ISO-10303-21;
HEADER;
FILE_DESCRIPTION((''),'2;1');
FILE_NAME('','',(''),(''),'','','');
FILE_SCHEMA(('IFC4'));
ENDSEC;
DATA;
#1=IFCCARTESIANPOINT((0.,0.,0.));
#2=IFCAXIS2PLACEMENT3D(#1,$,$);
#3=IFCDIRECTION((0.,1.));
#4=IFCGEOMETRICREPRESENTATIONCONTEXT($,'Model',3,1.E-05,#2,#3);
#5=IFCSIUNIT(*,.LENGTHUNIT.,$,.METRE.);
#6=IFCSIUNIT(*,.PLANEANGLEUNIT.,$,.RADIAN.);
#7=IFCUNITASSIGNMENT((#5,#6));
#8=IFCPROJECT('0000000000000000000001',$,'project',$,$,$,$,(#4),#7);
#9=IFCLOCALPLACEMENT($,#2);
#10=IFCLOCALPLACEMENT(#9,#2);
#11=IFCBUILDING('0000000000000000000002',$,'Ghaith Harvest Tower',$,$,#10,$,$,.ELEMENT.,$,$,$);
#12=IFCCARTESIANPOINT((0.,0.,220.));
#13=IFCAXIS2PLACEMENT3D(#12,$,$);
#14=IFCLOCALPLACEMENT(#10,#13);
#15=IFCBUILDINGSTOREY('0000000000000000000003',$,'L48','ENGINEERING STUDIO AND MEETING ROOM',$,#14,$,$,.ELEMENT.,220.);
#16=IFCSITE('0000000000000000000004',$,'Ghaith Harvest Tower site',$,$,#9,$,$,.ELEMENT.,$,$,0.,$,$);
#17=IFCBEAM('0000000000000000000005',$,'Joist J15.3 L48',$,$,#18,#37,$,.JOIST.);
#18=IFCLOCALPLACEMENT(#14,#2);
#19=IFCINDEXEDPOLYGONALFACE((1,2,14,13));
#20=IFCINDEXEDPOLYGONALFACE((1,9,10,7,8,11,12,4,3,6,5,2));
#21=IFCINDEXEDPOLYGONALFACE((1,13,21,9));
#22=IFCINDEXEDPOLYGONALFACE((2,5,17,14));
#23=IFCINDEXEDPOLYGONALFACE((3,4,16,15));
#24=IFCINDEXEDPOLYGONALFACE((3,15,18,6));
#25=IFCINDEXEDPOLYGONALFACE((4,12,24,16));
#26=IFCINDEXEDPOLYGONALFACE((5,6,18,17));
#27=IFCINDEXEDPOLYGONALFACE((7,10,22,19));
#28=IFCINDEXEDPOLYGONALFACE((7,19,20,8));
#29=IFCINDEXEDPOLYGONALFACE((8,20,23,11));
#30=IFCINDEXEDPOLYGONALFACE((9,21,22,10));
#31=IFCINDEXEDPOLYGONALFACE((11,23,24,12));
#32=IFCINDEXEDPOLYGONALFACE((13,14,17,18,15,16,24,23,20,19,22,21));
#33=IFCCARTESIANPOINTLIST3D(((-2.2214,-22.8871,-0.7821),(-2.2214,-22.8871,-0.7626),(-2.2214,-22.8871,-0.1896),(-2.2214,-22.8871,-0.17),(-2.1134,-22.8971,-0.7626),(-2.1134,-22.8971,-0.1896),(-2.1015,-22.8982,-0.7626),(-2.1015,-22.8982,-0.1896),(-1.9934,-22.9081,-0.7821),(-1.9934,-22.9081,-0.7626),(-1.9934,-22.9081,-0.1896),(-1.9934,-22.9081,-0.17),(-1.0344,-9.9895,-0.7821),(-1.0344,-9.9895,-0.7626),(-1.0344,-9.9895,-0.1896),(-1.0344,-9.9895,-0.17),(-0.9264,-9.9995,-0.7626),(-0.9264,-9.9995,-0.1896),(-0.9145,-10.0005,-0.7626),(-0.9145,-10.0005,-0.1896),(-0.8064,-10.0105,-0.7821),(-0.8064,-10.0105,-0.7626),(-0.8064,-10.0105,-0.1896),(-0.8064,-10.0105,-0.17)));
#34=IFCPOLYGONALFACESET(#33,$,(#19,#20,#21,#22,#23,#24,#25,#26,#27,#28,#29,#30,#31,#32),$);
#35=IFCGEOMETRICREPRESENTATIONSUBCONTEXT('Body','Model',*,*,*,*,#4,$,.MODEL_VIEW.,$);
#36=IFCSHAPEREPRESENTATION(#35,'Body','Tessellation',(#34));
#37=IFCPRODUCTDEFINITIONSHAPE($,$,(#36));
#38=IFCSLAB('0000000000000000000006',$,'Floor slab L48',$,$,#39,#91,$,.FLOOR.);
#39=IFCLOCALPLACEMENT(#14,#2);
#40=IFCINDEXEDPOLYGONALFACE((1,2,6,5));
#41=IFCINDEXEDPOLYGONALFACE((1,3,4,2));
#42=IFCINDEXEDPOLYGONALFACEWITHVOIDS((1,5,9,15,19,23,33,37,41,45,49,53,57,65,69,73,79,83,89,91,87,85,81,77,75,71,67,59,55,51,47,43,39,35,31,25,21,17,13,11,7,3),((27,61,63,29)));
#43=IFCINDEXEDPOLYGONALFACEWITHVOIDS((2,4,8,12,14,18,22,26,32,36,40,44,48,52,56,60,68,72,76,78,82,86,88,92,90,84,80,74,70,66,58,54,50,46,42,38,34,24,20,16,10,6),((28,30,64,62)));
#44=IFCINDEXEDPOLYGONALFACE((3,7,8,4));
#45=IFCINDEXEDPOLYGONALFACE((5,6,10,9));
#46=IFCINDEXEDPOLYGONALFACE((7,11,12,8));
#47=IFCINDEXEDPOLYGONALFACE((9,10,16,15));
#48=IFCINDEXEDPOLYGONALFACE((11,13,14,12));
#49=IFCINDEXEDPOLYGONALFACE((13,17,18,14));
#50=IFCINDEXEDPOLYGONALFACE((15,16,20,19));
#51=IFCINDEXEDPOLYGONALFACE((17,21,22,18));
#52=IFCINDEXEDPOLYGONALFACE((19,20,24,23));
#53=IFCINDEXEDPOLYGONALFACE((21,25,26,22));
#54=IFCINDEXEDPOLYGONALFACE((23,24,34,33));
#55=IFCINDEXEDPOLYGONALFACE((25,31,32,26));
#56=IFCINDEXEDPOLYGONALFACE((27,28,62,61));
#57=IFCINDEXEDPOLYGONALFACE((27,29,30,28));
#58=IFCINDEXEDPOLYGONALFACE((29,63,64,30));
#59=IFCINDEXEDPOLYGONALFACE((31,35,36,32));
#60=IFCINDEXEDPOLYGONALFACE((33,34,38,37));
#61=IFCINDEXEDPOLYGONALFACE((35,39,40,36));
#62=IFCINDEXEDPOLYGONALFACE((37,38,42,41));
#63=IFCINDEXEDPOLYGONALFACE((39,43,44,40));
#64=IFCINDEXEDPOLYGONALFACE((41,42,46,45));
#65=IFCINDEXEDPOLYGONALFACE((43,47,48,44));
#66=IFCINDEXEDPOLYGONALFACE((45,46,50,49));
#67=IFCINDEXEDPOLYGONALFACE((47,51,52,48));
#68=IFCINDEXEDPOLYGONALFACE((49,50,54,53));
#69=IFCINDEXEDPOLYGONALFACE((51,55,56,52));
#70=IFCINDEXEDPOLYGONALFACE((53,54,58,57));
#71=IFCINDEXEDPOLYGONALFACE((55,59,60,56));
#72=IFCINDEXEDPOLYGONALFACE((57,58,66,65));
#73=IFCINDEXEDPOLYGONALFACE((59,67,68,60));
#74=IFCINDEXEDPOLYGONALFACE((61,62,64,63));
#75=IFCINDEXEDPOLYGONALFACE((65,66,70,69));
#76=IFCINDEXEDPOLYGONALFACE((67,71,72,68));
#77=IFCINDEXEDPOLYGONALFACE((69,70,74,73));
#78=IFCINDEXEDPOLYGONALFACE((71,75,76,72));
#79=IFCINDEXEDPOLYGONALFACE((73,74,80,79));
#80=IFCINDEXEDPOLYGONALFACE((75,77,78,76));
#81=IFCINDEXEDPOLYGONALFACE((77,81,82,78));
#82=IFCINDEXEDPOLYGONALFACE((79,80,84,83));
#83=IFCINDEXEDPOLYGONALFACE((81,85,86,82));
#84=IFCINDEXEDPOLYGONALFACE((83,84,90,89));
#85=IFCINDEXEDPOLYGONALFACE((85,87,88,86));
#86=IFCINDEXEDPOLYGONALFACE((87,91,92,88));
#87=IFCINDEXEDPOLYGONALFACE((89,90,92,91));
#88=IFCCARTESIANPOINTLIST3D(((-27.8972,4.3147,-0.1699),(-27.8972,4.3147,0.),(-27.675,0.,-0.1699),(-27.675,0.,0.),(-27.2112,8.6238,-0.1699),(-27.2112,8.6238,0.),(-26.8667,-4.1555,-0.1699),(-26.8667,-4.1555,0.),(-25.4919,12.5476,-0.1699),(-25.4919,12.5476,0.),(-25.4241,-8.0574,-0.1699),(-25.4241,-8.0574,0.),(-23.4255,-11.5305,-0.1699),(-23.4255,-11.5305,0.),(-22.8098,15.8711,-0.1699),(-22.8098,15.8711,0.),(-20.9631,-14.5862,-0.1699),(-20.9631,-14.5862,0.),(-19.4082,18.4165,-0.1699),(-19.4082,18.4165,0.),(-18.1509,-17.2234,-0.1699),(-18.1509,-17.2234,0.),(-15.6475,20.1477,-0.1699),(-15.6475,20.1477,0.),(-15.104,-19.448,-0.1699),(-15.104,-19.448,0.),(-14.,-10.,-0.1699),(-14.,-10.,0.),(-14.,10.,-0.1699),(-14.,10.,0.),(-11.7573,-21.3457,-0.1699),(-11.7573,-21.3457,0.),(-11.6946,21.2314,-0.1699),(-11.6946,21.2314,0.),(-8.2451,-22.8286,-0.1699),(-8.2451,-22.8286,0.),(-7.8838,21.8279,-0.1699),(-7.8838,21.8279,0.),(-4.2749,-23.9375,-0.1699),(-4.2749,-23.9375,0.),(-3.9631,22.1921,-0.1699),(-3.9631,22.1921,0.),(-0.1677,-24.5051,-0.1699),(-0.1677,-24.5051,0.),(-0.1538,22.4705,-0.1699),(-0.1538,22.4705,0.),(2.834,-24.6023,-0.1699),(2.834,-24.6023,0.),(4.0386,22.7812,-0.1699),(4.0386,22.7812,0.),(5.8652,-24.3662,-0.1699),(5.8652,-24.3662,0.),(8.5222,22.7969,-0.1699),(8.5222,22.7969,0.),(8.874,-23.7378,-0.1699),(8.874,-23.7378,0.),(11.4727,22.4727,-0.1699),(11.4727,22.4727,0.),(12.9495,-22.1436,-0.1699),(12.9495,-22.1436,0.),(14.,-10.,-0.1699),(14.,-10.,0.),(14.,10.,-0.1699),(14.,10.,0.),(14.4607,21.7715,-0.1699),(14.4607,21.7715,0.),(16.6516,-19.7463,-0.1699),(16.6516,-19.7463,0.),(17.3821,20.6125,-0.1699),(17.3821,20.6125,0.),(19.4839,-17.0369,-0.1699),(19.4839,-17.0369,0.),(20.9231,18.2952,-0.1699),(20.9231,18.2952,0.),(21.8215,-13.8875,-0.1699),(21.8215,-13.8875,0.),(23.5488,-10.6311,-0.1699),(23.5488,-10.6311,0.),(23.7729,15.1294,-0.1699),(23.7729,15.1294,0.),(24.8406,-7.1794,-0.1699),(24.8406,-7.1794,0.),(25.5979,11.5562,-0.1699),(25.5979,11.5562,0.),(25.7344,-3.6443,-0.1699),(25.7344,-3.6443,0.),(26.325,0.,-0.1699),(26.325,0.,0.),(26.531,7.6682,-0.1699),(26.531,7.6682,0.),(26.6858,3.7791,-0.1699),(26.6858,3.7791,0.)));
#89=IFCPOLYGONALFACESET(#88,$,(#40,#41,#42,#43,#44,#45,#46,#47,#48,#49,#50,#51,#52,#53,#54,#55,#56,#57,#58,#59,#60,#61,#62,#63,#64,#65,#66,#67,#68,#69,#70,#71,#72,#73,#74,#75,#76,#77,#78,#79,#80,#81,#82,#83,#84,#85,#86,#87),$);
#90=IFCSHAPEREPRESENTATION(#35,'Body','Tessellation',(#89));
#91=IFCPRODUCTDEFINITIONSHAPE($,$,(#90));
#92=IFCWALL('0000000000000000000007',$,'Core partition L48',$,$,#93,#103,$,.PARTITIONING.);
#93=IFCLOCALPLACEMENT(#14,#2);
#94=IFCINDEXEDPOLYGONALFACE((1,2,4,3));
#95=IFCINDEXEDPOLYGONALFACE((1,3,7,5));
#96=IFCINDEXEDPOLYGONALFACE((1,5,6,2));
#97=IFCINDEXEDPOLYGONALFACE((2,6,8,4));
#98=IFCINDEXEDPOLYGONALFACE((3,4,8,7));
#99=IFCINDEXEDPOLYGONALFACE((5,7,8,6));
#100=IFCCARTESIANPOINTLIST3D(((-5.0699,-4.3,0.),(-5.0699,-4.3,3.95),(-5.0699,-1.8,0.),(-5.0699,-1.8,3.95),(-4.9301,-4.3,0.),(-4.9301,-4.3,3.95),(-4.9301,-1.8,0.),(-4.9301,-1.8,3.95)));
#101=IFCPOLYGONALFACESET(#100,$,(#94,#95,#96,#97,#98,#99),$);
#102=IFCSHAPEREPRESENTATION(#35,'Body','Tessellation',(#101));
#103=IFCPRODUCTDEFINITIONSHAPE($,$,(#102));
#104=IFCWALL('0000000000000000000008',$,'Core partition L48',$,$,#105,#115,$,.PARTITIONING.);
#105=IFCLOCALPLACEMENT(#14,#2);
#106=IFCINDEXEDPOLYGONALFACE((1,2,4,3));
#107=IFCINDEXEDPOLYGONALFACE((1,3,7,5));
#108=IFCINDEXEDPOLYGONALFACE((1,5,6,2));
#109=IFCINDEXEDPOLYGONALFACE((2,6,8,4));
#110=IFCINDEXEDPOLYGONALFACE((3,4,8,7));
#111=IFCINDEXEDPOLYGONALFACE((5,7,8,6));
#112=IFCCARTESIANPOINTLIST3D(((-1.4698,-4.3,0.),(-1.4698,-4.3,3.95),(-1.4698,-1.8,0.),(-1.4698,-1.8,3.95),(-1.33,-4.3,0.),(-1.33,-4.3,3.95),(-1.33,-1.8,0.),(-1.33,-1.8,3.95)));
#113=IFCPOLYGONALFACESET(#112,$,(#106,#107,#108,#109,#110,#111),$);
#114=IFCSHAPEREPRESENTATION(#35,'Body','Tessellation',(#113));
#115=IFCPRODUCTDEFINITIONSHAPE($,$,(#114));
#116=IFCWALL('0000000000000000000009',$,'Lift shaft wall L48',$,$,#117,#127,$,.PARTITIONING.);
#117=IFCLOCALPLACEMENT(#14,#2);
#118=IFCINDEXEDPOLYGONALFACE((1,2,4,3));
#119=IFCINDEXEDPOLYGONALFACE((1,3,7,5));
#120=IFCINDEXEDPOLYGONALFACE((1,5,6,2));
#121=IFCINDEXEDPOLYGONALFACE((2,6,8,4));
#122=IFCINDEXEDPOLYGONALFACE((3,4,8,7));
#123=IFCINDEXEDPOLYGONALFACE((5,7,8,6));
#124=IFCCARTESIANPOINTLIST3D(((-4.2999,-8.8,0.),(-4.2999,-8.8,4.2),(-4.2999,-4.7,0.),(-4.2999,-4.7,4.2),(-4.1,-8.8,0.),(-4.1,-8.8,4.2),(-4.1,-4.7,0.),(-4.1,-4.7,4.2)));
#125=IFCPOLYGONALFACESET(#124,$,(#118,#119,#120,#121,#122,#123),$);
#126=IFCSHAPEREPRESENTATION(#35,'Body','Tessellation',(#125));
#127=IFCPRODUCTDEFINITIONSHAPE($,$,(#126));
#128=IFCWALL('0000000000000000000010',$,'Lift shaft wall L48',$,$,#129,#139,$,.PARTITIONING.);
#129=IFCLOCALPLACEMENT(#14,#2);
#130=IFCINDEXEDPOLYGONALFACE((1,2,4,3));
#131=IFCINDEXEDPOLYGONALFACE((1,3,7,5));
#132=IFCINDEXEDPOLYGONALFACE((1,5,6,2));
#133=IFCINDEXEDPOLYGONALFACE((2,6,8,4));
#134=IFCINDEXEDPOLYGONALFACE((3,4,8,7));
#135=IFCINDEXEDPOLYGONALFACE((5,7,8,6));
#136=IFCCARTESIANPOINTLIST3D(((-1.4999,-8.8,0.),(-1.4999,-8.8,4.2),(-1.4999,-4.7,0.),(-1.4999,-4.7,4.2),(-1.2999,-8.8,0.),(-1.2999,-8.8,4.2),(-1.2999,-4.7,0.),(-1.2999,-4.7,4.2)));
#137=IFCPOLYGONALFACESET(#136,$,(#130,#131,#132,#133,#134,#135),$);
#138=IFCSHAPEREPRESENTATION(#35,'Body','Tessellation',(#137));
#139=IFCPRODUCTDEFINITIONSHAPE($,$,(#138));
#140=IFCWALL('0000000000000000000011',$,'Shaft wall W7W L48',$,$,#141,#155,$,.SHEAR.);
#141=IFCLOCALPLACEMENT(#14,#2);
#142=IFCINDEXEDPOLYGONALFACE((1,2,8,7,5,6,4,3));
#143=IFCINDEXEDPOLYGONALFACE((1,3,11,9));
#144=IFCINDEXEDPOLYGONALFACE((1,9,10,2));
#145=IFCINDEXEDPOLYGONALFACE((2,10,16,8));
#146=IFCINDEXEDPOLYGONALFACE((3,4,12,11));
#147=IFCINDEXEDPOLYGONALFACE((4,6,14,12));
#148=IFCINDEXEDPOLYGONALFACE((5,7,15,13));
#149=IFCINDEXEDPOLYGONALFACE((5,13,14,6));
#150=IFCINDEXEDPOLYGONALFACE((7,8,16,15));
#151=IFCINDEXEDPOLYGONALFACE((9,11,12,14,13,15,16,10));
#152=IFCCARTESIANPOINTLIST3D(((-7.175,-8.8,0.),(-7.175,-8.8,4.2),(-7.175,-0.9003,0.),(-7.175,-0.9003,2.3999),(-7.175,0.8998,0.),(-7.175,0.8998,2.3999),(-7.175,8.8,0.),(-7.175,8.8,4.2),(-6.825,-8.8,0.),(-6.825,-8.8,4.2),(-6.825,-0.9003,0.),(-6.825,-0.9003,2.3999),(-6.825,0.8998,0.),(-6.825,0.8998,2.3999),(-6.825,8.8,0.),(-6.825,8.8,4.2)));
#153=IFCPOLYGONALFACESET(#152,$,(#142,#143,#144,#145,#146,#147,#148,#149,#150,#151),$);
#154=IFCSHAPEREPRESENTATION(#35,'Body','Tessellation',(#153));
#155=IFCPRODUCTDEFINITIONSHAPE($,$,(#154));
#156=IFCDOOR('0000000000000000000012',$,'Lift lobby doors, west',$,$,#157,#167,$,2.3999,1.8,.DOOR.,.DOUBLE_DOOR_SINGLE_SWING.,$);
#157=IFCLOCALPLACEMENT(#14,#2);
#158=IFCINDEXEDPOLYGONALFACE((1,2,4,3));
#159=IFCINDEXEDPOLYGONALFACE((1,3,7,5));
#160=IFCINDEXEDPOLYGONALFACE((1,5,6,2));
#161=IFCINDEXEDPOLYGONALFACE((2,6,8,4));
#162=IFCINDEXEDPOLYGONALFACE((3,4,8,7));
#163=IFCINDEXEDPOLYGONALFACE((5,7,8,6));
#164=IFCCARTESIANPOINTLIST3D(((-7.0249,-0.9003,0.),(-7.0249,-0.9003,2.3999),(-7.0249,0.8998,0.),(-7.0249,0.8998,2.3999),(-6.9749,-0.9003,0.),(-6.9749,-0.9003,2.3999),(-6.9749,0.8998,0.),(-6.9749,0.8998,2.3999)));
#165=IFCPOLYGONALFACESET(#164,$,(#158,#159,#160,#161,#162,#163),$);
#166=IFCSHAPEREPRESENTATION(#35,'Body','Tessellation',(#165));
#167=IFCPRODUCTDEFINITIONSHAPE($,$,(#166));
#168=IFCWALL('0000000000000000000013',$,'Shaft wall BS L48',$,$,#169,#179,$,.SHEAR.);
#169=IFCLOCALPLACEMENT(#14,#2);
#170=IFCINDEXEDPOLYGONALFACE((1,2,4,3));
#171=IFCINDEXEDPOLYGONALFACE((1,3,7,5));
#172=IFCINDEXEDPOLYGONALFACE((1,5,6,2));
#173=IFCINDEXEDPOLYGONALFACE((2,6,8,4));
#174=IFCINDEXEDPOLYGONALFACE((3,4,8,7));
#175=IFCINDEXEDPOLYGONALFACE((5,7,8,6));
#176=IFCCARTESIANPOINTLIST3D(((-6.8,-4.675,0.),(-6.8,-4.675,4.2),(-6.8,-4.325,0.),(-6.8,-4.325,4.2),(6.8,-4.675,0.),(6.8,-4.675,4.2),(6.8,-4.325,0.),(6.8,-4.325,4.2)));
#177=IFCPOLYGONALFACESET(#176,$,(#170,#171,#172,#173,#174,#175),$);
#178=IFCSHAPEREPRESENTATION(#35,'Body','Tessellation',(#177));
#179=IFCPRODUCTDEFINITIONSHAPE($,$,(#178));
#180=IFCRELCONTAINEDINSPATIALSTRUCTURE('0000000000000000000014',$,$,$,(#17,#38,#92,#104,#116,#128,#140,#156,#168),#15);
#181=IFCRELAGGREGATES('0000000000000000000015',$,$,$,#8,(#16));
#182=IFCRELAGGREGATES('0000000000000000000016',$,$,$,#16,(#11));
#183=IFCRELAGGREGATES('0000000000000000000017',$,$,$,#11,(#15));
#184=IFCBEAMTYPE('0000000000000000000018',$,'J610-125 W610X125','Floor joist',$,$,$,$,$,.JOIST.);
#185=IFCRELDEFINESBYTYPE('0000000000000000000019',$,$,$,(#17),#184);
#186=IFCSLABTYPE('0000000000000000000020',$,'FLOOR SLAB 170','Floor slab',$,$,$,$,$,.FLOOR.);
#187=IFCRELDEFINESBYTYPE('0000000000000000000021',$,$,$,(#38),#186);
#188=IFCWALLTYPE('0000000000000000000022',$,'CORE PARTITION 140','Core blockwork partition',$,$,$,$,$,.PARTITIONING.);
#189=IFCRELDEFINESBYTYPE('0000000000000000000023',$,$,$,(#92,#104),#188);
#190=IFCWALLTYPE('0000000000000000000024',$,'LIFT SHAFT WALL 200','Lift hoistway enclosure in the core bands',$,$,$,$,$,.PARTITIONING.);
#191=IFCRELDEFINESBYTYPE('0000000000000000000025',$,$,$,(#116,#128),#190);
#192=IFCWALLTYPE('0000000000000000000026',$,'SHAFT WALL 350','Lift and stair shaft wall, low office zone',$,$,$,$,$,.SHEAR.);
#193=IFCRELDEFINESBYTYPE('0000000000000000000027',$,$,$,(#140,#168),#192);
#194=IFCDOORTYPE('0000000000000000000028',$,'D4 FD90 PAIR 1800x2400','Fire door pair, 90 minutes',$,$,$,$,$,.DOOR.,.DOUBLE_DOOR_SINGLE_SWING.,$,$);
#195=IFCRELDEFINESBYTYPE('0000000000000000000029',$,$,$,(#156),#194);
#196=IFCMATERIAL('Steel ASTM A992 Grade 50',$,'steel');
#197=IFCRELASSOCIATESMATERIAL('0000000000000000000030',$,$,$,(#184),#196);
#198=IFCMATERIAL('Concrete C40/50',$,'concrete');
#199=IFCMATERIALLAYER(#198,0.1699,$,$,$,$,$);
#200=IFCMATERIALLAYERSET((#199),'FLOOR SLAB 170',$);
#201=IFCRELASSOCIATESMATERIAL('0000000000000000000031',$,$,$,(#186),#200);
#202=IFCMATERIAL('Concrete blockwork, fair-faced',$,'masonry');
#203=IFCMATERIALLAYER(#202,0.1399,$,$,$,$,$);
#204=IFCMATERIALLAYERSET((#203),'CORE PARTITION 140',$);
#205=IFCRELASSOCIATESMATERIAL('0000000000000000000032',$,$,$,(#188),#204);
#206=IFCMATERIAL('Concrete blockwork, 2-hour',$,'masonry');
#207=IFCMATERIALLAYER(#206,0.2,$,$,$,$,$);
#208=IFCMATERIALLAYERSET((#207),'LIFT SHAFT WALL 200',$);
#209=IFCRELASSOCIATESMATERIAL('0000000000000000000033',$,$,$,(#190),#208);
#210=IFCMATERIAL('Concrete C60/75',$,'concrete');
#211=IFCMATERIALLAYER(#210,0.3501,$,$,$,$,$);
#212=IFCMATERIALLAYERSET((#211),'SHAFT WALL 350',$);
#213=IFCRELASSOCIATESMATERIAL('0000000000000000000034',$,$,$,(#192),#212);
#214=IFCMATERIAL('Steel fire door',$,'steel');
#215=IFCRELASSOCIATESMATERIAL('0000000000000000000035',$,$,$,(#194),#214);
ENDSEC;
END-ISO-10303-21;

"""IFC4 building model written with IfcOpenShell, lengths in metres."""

from ifc_helpers import new_model, si_unit, direction, frame, frame_2d, origin, origin_2d, place, context, subcontext, project, spatial, polyline, rectangle, i_section, outline, extrude, material, layer, layer_set, material_profile, profile_set, type_object, element, fill, save


model = new_model("IFC4")

# Units and contexts
model_context = context("Model", 3, precision=1e-05, world=origin(), true_north=direction((0.0, 1.0)))
body_context = subcontext(model_context, "Body", "Model", "MODEL_VIEW")
ifc_project = project(units=[si_unit("LENGTHUNIT", "METRE"), si_unit("PLANEANGLEUNIT", "RADIAN")], contexts=[model_context])

# Site, building, storey
site_placement = place(None, origin())
site = spatial("IfcSite", under=ifc_project, at=site_placement, Name="Ghaith Harvest Tower site", CompositionType="ELEMENT", RefElevation=0.0)
building_placement = place(site_placement, origin())
building = spatial("IfcBuilding", under=site, at=building_placement, Name="Ghaith Harvest Tower", CompositionType="ELEMENT")
storey_placement = place(building_placement, frame((0.0, 0.0, 220.0)))
storey = spatial("IfcBuildingStorey", under=building, at=storey_placement, Name="L48", Description="ENGINEERING STUDIO AND MEETING ROOM", CompositionType="ELEMENT", Elevation=220.0)

# Beam
ifc_material_1 = material(Name="Steel ASTM A992 Grade 50", Category="steel")
ifc_material_profile_1 = material_profile(ifc_material_1, i_section(OverallWidth=0.229, OverallDepth=0.6121, WebThickness=0.012, FlangeThickness=0.0195, at=origin_2d()), Name="W610X125")
ifc_profile_set_1 = profile_set([ifc_material_profile_1], Name="Steel ASTM A992 Grade 50")
beam_type_1 = type_object("IfcBeamType", Name="J610-125 W610X125", Description="Floor joist", PredefinedType="JOIST", material=ifc_profile_set_1)
beam_1_placement = place(storey_placement, frame((-0.9204, -10.0, -0.4761), z_axis=(-0.091645, -0.995792, 0.0), x_axis=(0.995792, -0.091645, 0.0)))
element("IfcBeam", 1, at=beam_1_placement, inside=storey, type_object=beam_type_1, Name="Joist J15.3 L48", PredefinedType="JOIST", context=body_context, shape_type="SweptSolid", body=[
    extrude(i_section(OverallWidth=0.229, OverallDepth=0.6121, WebThickness=0.012, FlangeThickness=0.0195, at=origin_2d()), origin(), (0.0, 0.0, 1.0), 12.9521),
])

# Slab
ifc_material_2 = material(Name="Concrete C40/50", Category="concrete")
ifc_layer_1 = layer(ifc_material_2, 0.1699)
ifc_layer_set_1 = layer_set([ifc_layer_1], Name="FLOOR SLAB 170")
slab_type = type_object("IfcSlabType", Name="FLOOR SLAB 170", Description="Floor slab", PredefinedType="FLOOR", material=ifc_layer_set_1)
slab_placement = place(storey_placement, frame((0.0, 0.0, -0.1699)))
element("IfcSlab", 2, at=slab_placement, inside=storey, type_object=slab_type, Name="Floor slab L48", PredefinedType="FLOOR", context=body_context, shape_type="SweptSolid", body=[
    extrude(outline(polyline([(26.325, 0.0), (26.6858, 3.7791), (26.531, 7.6682), (25.5979, 11.5562), (23.7729, 15.1294), (20.9231, 18.2952), (17.3821, 20.6125), (14.4607, 21.7715), (11.4727, 22.4727), (8.5222, 22.7969), (4.0386, 22.7812), (-0.1538, 22.4705), (-3.9631, 22.1921), (-7.8838, 21.8279), (-11.6946, 21.2314), (-15.6475, 20.1477), (-19.4082, 18.4165), (-22.8098, 15.8711), (-25.4919, 12.5476), (-27.2112, 8.6238), (-27.8972, 4.3147), (-27.675, 0.0), (-26.8667, -4.1555), (-25.4241, -8.0574), (-23.4255, -11.5305), (-20.9631, -14.5862), (-18.1509, -17.2234), (-15.104, -19.448), (-11.7573, -21.3457), (-8.2451, -22.8286), (-4.2749, -23.9375), (-0.1677, -24.5051), (2.834, -24.6023), (5.8652, -24.3662), (8.874, -23.7378), (12.9495, -22.1436), (16.6516, -19.7463), (19.4839, -17.0369), (21.8215, -13.8875), (23.5488, -10.6311), (24.8406, -7.1794), (25.7344, -3.6443), (26.325, 0.0)]), holes=[polyline([(-14.0, -10.0), (14.0, -10.0), (14.0, 10.0), (-14.0, 10.0), (-14.0, -10.0)])]), origin(), (0.0, 0.0, 1.0), 0.1699),
])

# Walls
ifc_material_3 = material(Name="Concrete blockwork, fair-faced", Category="masonry")
ifc_layer_2 = layer(ifc_material_3, 0.1399)
ifc_layer_set_2 = layer_set([ifc_layer_2], Name="CORE PARTITION 140")
wall_type_1 = type_object("IfcWallType", Name="CORE PARTITION 140", Description="Core blockwork partition", PredefinedType="PARTITIONING", material=ifc_layer_set_2)
for number, where, z_axis, x_axis, name in (
    (3, (-5.0, -1.8, 0.0), (0.0, 0.0, 1.0), (0.0, -1.0, 0.0), "Core partition L48"),
    (4, (-1.3999, -1.8, 0.0), (0.0, 0.0, 1.0), (0.0, -1.0, 0.0), "Core partition L48"),
):
    element("IfcWall", number, at=place(storey_placement, frame(where, z_axis=z_axis, x_axis=x_axis)), inside=storey, type_object=wall_type_1, Name=name, PredefinedType="PARTITIONING", context=body_context, shape_type="SweptSolid", body=[
        extrude(rectangle(XDim=2.5, YDim=0.1399, at=frame_2d((1.25, 0.0))), origin(), (0.0, 0.0, 1.0), 3.95),
    ])
ifc_material_4 = material(Name="Concrete blockwork, 2-hour", Category="masonry")
ifc_layer_3 = layer(ifc_material_4, 0.2)
ifc_layer_set_3 = layer_set([ifc_layer_3], Name="LIFT SHAFT WALL 200")
wall_type_2 = type_object("IfcWallType", Name="LIFT SHAFT WALL 200", Description="Lift hoistway enclosure in the core bands", PredefinedType="PARTITIONING", material=ifc_layer_set_3)
for number, where, z_axis, x_axis, name in (
    (5, (-4.2, -4.7, 0.0), (0.0, 0.0, 1.0), (0.0, -1.0, 0.0), "Lift shaft wall L48"),
    (6, (-1.3999, -4.7, 0.0), (0.0, 0.0, 1.0), (0.0, -1.0, 0.0), "Lift shaft wall L48"),
):
    element("IfcWall", number, at=place(storey_placement, frame(where, z_axis=z_axis, x_axis=x_axis)), inside=storey, type_object=wall_type_2, Name=name, PredefinedType="PARTITIONING", context=body_context, shape_type="SweptSolid", body=[
        extrude(rectangle(XDim=4.1001, YDim=0.2, at=frame_2d((2.05, 0.0))), origin(), (0.0, 0.0, 1.0), 4.2),
    ])

# Wall, opening, door
ifc_material_5 = material(Name="Concrete C60/75", Category="concrete")
ifc_layer_4 = layer(ifc_material_5, 0.3501)
ifc_layer_set_4 = layer_set([ifc_layer_4], Name="SHAFT WALL 350")
wall_type_3 = type_object("IfcWallType", Name="SHAFT WALL 350", Description="Lift and stair shaft wall, low office zone", PredefinedType="SHEAR", material=ifc_layer_set_4)
wall_1_placement = place(storey_placement, frame((-7.0, -8.8, 0.0), z_axis=(0.0, 0.0, 1.0), x_axis=(0.0, 1.0, 0.0)))
wall_1 = element("IfcWall", 7, at=wall_1_placement, inside=storey, type_object=wall_type_3, Name="Shaft wall W7W L48", PredefinedType="SHEAR", context=body_context, shape_type="SweptSolid", body=[
    extrude(rectangle(XDim=17.6001, YDim=0.3501, at=frame_2d((8.8, 0.0))), origin(), (0.0, 0.0, 1.0), 4.2),
])
opening_1_placement = place(wall_1_placement, frame((7.8999, 0.0, 0.0)))
opening_1 = element("IfcOpeningElement", 8, at=opening_1_placement, cuts=wall_1, PredefinedType="OPENING", context=body_context, shape_type="SweptSolid", body=[
    extrude(rectangle(XDim=1.8, YDim=2.3999, at=frame_2d((0.8999, 1.2))), frame((0.0, 0.1851, 0.0), z_axis=(0.0, -1.0, 0.0), x_axis=(1.0, 0.0, 0.0)), (0.0, 0.0, 1.0), 0.3701),
])
ifc_material_6 = material(Name="Steel fire door", Category="steel")
door_type_1 = type_object("IfcDoorType", Name="D4 FD90 PAIR 1800x2400", Description="Fire door pair, 90 minutes", OperationType="DOUBLE_DOOR_SINGLE_SWING", PredefinedType="DOOR", material=ifc_material_6)
door_1_placement = place(opening_1_placement, origin())
door_1 = element("IfcDoor", 9, at=door_1_placement, inside=storey, type_object=door_type_1, Name="Lift lobby doors, west", OperationType="DOUBLE_DOOR_SINGLE_SWING", OverallHeight=2.3999, OverallWidth=1.8, PredefinedType="DOOR", context=body_context, shape_type="SweptSolid", body=[
    extrude(rectangle(XDim=1.8, YDim=2.3999, at=frame_2d((0.8999, 1.2))), frame((0.0, 0.0249, 0.0), z_axis=(0.0, -1.0, 0.0), x_axis=(1.0, 0.0, 0.0)), (0.0, 0.0, 1.0), 0.05),
])
fill(opening_1, door_1)

# Wall
wall_2_placement = place(storey_placement, frame((-6.8, -4.5, 0.0), z_axis=(0.0, 0.0, 1.0), x_axis=(1.0, 0.0, 0.0)))
element("IfcWall", 10, at=wall_2_placement, inside=storey, type_object=wall_type_3, Name="Shaft wall BS L48", PredefinedType="SHEAR", context=body_context, shape_type="SweptSolid", body=[
    extrude(rectangle(XDim=13.6001, YDim=0.3501, at=frame_2d((6.8, 0.0))), origin(), (0.0, 0.0, 1.0), 4.2),
])

save(model, "model.ifc")
